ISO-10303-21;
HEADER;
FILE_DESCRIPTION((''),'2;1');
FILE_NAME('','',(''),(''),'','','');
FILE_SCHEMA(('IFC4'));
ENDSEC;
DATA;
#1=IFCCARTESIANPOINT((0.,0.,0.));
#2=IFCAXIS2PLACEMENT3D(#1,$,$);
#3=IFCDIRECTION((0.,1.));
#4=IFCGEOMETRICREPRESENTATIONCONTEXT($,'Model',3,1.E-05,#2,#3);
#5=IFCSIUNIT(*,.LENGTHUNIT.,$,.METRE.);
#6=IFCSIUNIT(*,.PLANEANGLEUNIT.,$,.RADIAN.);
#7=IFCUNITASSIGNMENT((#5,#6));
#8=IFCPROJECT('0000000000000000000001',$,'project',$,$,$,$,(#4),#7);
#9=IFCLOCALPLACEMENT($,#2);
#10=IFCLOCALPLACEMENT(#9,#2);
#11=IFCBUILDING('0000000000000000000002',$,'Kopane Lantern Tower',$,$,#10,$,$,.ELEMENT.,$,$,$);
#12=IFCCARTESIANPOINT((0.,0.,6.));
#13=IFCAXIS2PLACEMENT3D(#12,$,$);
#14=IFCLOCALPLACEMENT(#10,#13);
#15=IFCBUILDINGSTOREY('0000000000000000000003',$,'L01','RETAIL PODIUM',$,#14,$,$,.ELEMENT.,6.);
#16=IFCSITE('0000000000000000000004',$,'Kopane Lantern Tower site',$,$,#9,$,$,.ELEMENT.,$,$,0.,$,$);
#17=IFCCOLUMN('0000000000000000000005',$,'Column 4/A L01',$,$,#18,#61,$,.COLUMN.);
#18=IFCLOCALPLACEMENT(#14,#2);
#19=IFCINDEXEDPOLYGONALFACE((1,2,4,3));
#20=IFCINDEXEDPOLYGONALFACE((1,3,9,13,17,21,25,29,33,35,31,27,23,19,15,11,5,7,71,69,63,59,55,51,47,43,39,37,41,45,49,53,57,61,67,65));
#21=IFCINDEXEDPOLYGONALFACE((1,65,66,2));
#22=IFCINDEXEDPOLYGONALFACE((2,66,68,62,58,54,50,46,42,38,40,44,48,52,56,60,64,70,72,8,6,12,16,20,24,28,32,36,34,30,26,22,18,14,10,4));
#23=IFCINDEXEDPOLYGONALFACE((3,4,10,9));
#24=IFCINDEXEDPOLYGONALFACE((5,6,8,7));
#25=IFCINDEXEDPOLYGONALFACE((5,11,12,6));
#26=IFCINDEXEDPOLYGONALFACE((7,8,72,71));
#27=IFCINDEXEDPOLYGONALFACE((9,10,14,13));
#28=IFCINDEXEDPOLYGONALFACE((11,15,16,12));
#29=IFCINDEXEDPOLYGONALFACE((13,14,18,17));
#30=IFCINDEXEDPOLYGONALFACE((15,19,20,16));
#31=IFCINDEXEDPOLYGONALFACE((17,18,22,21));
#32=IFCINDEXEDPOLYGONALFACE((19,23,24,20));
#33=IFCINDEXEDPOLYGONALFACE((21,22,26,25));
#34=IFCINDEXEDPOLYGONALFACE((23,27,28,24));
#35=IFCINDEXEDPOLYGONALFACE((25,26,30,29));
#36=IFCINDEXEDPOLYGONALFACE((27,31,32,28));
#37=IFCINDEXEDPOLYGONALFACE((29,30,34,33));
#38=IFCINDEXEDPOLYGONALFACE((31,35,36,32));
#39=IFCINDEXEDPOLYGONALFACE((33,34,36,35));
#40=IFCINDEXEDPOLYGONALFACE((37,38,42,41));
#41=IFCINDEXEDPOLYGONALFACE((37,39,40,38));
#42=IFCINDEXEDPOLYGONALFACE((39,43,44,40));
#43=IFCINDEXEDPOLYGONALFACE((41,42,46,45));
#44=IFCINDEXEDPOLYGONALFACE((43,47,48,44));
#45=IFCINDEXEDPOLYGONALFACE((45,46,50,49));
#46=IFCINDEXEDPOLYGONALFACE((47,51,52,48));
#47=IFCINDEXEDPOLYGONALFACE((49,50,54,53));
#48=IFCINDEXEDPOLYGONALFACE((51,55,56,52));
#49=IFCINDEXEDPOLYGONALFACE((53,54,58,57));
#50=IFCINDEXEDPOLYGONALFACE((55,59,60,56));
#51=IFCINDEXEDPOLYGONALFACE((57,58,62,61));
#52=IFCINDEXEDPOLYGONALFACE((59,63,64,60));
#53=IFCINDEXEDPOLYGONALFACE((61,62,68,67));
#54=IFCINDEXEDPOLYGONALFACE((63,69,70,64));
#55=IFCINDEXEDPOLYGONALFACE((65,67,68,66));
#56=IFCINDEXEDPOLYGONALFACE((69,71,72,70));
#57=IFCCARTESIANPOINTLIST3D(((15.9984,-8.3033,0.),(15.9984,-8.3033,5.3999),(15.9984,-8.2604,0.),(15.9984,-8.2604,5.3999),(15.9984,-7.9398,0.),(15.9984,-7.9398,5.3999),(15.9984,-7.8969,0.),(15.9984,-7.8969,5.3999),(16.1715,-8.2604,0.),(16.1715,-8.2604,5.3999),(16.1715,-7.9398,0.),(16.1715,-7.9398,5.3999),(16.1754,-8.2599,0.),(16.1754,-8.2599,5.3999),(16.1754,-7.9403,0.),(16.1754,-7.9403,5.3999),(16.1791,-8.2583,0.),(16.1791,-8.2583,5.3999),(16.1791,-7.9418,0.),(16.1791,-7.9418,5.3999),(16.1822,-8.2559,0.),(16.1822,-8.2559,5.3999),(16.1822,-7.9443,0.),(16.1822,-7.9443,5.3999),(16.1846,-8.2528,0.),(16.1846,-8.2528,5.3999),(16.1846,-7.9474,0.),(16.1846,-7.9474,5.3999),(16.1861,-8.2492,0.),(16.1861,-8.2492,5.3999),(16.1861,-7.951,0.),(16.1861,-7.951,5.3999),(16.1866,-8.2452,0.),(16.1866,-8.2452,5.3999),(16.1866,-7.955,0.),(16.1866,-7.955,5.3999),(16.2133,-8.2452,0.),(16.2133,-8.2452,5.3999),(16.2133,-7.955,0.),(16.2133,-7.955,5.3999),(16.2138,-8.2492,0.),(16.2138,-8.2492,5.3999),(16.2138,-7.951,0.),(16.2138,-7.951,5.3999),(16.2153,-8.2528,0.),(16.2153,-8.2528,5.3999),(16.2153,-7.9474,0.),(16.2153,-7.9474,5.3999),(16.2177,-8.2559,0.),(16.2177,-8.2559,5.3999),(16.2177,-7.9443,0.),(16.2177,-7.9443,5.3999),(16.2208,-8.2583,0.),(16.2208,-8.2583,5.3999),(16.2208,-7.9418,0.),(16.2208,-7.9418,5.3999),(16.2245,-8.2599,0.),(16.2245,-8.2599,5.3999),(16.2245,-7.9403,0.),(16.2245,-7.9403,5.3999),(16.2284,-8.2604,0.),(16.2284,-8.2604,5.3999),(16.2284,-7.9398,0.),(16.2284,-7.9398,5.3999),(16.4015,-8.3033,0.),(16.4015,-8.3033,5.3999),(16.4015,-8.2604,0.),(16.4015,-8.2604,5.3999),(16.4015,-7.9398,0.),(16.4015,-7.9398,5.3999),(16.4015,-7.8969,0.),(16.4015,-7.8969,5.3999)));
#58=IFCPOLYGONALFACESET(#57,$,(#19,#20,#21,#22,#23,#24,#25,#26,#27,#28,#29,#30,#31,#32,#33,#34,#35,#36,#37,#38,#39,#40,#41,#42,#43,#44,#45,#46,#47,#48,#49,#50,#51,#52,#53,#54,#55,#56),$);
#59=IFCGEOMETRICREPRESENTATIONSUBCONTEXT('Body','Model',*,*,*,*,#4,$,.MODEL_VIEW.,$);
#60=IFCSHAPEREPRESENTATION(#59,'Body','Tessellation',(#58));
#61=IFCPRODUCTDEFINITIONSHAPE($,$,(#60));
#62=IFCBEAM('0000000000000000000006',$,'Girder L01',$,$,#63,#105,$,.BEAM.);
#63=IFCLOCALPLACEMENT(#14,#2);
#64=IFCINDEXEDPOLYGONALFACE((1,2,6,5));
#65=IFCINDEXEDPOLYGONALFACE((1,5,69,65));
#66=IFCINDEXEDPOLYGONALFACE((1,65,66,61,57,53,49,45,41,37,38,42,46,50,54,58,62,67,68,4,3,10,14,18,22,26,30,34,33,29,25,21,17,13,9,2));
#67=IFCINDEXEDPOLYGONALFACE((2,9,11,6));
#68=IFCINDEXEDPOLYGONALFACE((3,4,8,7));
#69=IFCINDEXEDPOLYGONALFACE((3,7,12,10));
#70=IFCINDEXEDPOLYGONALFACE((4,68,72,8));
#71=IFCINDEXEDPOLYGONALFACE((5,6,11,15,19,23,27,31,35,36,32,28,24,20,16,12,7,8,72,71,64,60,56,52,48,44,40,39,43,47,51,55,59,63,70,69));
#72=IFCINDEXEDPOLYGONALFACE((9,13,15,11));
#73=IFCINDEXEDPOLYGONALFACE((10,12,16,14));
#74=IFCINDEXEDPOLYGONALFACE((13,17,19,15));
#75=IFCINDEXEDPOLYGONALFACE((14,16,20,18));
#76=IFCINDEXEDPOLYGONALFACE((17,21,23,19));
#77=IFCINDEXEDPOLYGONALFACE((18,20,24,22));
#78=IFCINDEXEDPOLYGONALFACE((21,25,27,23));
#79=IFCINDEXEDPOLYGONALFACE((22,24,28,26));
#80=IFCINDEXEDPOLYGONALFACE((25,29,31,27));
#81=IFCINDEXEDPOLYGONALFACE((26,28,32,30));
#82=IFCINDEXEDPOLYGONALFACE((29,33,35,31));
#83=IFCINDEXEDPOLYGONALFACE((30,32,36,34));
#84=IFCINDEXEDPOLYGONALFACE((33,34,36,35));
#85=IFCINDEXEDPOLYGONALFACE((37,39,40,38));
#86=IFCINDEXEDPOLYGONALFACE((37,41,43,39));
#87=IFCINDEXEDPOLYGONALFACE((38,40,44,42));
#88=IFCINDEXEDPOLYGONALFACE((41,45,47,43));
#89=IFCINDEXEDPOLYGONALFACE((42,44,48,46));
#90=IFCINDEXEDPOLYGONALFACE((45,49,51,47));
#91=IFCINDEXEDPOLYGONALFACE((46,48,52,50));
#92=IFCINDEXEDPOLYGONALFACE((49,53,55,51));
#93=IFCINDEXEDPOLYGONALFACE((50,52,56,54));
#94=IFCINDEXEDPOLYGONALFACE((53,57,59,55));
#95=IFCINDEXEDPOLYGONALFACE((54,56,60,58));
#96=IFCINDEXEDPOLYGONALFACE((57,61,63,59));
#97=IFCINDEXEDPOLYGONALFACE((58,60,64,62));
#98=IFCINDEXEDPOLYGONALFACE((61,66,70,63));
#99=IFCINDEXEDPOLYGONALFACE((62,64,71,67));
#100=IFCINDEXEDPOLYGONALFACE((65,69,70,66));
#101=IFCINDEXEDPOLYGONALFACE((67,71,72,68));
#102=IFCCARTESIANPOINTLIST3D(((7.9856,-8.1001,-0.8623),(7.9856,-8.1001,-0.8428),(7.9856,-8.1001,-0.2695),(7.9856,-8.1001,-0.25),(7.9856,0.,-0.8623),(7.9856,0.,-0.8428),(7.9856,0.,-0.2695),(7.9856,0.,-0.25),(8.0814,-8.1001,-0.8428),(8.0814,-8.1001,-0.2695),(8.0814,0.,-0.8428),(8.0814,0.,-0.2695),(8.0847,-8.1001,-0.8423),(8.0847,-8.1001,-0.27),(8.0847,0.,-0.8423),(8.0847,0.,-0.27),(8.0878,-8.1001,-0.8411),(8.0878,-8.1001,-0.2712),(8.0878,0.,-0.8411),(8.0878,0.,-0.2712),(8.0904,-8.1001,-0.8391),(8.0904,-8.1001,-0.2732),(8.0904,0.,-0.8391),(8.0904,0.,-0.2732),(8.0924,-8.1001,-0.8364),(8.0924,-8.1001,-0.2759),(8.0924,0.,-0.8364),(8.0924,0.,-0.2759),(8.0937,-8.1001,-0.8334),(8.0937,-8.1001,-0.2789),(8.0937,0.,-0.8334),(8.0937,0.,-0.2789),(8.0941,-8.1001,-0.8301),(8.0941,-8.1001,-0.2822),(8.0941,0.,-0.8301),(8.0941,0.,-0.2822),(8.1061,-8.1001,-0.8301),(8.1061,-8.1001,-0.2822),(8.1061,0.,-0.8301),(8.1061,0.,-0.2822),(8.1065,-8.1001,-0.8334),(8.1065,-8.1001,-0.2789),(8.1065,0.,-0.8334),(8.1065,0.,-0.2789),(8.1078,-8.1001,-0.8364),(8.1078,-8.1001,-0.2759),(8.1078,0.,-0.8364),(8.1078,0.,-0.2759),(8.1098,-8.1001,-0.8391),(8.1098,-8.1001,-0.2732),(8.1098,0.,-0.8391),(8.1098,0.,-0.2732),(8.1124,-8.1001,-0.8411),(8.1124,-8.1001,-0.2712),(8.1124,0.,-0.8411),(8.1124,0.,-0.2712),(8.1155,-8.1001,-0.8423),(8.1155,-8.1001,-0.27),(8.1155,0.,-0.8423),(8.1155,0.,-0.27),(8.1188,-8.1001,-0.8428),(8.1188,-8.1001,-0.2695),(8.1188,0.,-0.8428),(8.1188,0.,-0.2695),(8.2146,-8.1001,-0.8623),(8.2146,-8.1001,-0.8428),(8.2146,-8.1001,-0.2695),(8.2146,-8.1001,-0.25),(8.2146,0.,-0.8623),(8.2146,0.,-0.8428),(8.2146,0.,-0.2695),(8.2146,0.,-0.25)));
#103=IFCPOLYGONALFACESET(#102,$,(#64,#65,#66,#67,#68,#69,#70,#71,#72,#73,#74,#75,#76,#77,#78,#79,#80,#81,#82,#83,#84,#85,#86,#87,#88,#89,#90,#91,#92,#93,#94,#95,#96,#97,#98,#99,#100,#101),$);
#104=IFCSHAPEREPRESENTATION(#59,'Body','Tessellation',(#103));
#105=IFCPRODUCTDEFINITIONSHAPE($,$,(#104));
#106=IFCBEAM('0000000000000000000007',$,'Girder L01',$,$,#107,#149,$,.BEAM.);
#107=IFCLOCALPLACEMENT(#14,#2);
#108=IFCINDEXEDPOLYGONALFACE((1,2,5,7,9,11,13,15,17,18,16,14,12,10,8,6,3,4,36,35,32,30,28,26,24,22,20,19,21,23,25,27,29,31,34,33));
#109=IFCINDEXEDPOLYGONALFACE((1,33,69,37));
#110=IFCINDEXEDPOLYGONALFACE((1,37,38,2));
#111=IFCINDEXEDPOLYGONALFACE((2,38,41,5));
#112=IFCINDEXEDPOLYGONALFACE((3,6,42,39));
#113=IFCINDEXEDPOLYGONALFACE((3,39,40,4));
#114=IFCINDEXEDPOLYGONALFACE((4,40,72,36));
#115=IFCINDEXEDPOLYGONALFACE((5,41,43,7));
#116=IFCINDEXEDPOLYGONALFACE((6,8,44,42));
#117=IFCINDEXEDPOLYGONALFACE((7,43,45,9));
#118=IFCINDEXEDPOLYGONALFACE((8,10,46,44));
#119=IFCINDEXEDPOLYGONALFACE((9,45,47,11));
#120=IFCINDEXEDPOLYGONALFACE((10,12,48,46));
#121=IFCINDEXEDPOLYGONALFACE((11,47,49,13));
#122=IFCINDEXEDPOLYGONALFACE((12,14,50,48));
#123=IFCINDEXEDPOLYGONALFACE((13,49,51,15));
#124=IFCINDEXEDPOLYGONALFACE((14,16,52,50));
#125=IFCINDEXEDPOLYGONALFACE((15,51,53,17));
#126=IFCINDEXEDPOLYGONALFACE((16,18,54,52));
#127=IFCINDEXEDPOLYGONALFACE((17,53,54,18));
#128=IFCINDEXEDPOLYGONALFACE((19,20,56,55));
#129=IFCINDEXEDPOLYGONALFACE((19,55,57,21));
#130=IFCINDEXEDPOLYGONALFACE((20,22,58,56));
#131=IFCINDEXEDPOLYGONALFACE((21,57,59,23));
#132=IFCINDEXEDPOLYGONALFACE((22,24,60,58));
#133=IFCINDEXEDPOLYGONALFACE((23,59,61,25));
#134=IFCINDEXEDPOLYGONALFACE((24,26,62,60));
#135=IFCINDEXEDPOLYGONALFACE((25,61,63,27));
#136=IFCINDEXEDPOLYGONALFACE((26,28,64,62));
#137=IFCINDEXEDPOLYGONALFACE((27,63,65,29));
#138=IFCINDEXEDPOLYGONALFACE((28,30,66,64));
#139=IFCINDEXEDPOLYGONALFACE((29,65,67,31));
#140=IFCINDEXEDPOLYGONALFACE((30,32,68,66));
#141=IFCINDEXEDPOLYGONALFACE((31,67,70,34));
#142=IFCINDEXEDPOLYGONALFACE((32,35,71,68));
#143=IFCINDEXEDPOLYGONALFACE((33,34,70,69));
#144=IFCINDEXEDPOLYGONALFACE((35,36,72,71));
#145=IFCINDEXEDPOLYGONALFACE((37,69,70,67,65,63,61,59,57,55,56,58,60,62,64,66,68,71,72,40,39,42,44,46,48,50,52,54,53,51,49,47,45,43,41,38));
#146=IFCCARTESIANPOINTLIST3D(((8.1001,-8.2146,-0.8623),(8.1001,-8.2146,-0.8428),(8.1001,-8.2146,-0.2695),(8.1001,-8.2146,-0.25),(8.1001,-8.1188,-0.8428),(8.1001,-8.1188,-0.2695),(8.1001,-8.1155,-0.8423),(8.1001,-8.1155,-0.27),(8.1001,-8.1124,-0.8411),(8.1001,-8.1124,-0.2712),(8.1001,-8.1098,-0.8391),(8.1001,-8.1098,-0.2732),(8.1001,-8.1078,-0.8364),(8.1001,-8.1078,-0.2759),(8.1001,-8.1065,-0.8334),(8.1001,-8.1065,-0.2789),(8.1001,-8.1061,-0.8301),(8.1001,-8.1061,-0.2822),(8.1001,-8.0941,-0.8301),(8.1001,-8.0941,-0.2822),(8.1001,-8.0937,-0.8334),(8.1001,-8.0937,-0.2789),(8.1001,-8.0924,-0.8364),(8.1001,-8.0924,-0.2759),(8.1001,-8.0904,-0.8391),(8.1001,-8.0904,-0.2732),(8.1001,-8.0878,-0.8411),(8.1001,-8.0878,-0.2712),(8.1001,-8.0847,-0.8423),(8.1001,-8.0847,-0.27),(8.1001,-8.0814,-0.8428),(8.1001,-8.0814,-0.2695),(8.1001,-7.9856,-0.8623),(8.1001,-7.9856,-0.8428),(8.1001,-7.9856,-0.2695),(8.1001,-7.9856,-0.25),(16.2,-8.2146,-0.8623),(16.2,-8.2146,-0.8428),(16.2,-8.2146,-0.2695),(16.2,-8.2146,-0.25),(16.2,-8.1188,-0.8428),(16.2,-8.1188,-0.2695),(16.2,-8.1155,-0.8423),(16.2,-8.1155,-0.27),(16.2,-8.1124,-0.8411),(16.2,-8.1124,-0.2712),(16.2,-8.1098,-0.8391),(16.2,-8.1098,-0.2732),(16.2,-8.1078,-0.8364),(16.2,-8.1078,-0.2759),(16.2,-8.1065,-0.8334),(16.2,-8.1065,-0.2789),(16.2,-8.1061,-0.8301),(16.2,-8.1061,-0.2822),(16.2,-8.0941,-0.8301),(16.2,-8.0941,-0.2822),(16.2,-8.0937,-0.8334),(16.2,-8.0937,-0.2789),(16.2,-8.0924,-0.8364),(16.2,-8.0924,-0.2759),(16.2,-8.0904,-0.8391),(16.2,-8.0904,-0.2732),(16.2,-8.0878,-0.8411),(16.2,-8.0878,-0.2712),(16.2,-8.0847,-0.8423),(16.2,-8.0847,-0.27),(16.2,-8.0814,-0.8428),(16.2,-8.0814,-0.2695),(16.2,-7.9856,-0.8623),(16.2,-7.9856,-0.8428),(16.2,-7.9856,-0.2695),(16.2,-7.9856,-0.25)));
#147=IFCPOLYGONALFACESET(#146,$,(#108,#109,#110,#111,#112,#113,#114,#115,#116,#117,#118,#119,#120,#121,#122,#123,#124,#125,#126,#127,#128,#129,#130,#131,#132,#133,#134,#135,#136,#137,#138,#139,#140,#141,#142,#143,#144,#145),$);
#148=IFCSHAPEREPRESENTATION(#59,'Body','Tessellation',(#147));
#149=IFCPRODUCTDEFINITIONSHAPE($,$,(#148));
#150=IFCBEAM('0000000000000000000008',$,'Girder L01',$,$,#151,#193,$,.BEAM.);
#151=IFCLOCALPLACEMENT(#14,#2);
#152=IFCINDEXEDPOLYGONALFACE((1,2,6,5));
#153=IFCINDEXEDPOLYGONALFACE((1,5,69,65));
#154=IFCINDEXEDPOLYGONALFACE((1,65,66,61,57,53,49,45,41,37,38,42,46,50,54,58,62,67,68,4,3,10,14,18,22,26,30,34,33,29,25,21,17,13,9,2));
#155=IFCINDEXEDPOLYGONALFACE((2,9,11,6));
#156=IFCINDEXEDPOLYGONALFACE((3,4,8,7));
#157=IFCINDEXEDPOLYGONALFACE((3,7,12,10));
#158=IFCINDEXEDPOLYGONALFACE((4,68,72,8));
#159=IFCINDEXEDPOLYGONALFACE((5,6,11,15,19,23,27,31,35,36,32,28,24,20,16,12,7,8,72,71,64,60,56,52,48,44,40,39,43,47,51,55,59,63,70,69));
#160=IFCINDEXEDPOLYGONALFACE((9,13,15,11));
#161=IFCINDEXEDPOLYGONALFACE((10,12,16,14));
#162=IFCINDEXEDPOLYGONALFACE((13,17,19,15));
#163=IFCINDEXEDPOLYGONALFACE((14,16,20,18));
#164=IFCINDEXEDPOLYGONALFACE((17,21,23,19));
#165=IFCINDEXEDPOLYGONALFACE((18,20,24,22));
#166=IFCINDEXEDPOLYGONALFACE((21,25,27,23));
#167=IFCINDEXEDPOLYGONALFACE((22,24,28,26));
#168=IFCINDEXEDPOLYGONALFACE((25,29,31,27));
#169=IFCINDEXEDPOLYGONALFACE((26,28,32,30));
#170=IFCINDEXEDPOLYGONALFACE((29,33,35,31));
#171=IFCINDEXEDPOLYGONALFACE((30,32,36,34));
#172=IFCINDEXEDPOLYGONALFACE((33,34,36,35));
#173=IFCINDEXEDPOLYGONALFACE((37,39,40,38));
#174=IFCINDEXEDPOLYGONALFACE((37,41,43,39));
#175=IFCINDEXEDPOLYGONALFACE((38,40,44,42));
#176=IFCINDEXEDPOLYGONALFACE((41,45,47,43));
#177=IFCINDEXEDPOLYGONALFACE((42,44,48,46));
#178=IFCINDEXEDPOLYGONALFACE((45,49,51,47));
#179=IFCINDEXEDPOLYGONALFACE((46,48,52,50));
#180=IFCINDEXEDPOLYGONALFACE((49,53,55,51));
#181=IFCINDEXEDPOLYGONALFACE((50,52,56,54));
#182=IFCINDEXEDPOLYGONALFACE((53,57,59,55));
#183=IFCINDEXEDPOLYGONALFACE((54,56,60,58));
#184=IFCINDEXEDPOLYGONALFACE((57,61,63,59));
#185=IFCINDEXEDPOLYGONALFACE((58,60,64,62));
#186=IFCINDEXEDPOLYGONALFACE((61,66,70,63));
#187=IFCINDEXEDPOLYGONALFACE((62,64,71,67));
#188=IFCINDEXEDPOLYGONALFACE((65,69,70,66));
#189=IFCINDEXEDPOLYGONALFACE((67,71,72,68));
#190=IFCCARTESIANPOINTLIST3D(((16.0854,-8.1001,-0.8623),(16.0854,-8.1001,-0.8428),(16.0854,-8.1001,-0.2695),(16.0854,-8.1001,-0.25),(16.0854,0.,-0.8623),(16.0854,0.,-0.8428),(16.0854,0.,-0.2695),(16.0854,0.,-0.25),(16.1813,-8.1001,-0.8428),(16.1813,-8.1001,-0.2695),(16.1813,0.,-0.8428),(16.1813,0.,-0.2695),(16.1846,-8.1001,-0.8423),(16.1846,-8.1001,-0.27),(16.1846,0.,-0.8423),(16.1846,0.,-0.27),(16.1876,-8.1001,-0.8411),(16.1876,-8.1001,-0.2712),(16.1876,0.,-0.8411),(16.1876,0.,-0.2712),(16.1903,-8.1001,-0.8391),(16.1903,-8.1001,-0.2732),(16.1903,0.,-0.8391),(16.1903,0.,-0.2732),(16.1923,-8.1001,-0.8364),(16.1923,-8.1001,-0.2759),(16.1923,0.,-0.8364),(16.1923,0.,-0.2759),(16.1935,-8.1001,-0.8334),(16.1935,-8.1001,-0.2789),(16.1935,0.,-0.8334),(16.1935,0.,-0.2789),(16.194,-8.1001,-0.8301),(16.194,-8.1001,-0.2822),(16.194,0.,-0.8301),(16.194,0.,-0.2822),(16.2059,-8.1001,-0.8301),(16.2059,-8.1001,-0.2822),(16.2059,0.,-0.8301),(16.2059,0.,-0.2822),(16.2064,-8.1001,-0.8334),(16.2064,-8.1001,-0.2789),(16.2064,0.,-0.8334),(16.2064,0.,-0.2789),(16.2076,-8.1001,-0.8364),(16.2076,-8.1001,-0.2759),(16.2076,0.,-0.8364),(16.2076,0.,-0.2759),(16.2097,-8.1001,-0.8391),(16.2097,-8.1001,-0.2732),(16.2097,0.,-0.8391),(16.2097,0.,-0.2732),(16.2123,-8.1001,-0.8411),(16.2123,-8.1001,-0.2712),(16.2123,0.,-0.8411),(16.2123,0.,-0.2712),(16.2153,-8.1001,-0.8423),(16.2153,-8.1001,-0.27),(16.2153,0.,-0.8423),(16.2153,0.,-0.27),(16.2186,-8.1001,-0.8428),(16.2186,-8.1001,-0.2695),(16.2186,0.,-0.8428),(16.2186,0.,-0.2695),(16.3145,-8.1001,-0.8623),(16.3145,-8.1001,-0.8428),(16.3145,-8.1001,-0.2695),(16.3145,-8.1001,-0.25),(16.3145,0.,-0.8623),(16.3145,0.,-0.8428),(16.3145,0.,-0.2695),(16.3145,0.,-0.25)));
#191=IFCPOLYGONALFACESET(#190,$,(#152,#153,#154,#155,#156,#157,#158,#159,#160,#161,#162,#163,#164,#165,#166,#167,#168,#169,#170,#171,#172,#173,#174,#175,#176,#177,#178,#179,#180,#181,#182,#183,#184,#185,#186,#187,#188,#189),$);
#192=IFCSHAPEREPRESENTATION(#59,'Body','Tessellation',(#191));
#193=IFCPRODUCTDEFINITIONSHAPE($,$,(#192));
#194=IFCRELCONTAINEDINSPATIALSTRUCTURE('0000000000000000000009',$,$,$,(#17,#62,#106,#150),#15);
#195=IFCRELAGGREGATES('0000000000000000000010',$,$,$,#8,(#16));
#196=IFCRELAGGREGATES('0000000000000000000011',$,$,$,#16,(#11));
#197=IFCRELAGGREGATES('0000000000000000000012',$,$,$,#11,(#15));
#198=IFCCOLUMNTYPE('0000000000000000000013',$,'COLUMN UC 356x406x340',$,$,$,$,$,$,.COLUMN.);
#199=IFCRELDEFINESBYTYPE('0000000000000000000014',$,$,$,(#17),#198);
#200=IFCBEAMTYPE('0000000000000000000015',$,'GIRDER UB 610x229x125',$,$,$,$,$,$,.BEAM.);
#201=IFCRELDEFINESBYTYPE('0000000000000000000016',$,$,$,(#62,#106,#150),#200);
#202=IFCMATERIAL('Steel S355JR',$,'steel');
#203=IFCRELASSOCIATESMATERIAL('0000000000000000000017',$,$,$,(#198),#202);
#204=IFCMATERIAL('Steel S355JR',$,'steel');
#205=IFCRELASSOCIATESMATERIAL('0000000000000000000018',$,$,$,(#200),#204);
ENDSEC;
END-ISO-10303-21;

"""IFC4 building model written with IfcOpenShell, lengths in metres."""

from ifc_helpers import new_model, si_unit, direction, frame, origin, origin_2d, place, context, subcontext, project, spatial, i_section, extrude, material, material_profile, profile_set, type_object, element, save


model = new_model("IFC4")

# Units and contexts
model_context = context("Model", 3, precision=1e-05, world=origin(), true_north=direction((0.0, 1.0)))
body_context = subcontext(model_context, "Body", "Model", "MODEL_VIEW")
ifc_project = project(units=[si_unit("LENGTHUNIT", "METRE"), si_unit("PLANEANGLEUNIT", "RADIAN")], contexts=[model_context])

# Site, building, storey
site_placement = place(None, origin())
site = spatial("IfcSite", under=ifc_project, at=site_placement, Name="Kopane Lantern Tower site", CompositionType="ELEMENT", RefElevation=0.0)
building_placement = place(site_placement, origin())
building = spatial("IfcBuilding", under=site, at=building_placement, Name="Kopane Lantern Tower", CompositionType="ELEMENT")
storey_placement = place(building_placement, frame((0.0, 0.0, 6.0)))
storey = spatial("IfcBuildingStorey", under=building, at=storey_placement, Name="L01", Description="RETAIL PODIUM", CompositionType="ELEMENT", Elevation=6.0)

# Column
ifc_material_1 = material(Name="Steel S355JR", Category="steel")
ifc_material_profile_1 = material_profile(ifc_material_1, i_section(OverallWidth=0.4031, OverallDepth=0.4065, WebThickness=0.0266, FlangeThickness=0.043, FilletRadius=0.0151, at=origin_2d()), Name="UC 356x406x340")
ifc_profile_set_1 = profile_set([ifc_material_profile_1], Name="Steel S355JR")
column_type = type_object("IfcColumnType", Name="COLUMN UC 356x406x340", PredefinedType="COLUMN", material=ifc_profile_set_1)
column_placement = place(storey_placement, frame((16.2, -8.1001, 0.0), z_axis=(0.0, 0.0, 1.0), x_axis=(1.0, 0.0, 0.0)))
element("IfcColumn", 1, at=column_placement, inside=storey, type_object=column_type, Name="Column 4/A L01", PredefinedType="COLUMN", context=body_context, shape_type="SweptSolid", body=[
    extrude(i_section(OverallWidth=0.4031, OverallDepth=0.4065, WebThickness=0.0266, FlangeThickness=0.043, FilletRadius=0.0151, at=origin_2d()), origin(), (0.0, 0.0, 1.0), 5.3999),
])

# Beams
ifc_material_2 = material(Name="Steel S355JR", Category="steel")
ifc_material_profile_2 = material_profile(ifc_material_2, i_section(OverallWidth=0.229, OverallDepth=0.6123, WebThickness=0.012, FlangeThickness=0.0195, FilletRadius=0.0127, at=origin_2d()), Name="UB 610x229x125")
ifc_profile_set_2 = profile_set([ifc_material_profile_2], Name="Steel S355JR")
beam_type = type_object("IfcBeamType", Name="GIRDER UB 610x229x125", PredefinedType="BEAM", material=ifc_profile_set_2)
beam_1_placement = place(storey_placement, frame((8.1001, -8.1001, -0.5562), z_axis=(0.0, 1.0, 0.0), x_axis=(-1.0, 0.0, 0.0)))
element("IfcBeam", 2, at=beam_1_placement, inside=storey, type_object=beam_type, Name="Girder L01", PredefinedType="BEAM", context=body_context, shape_type="SweptSolid", body=[
    extrude(i_section(OverallWidth=0.229, OverallDepth=0.6123, WebThickness=0.012, FlangeThickness=0.0195, FilletRadius=0.0127, at=origin_2d()), origin(), (0.0, 0.0, 1.0), 8.1001),
])
beam_2_placement = place(storey_placement, frame((8.1001, -8.1001, -0.5562), z_axis=(1.0, 0.0, 0.0), x_axis=(0.0, 1.0, 0.0)))
element("IfcBeam", 3, at=beam_2_placement, inside=storey, type_object=beam_type, Name="Girder L01", PredefinedType="BEAM", context=body_context, shape_type="SweptSolid", body=[
    extrude(i_section(OverallWidth=0.229, OverallDepth=0.6123, WebThickness=0.012, FlangeThickness=0.0195, FilletRadius=0.0127, at=origin_2d()), origin(), (0.0, 0.0, 1.0), 8.0999),
])
for number, where, z_axis, x_axis, name in (
    (4, (16.2, -8.1001, -0.5562), (0.0, 1.0, 0.0), (-1.0, 0.0, 0.0), "Girder L01"),
):
    element("IfcBeam", number, at=place(storey_placement, frame(where, z_axis=z_axis, x_axis=x_axis)), inside=storey, type_object=beam_type, Name=name, PredefinedType="BEAM", context=body_context, shape_type="SweptSolid", body=[
        extrude(i_section(OverallWidth=0.229, OverallDepth=0.6123, WebThickness=0.012, FlangeThickness=0.0195, FilletRadius=0.0127, at=origin_2d()), origin(), (0.0, 0.0, 1.0), 8.1001),
    ])

save(model, "model.ifc")
